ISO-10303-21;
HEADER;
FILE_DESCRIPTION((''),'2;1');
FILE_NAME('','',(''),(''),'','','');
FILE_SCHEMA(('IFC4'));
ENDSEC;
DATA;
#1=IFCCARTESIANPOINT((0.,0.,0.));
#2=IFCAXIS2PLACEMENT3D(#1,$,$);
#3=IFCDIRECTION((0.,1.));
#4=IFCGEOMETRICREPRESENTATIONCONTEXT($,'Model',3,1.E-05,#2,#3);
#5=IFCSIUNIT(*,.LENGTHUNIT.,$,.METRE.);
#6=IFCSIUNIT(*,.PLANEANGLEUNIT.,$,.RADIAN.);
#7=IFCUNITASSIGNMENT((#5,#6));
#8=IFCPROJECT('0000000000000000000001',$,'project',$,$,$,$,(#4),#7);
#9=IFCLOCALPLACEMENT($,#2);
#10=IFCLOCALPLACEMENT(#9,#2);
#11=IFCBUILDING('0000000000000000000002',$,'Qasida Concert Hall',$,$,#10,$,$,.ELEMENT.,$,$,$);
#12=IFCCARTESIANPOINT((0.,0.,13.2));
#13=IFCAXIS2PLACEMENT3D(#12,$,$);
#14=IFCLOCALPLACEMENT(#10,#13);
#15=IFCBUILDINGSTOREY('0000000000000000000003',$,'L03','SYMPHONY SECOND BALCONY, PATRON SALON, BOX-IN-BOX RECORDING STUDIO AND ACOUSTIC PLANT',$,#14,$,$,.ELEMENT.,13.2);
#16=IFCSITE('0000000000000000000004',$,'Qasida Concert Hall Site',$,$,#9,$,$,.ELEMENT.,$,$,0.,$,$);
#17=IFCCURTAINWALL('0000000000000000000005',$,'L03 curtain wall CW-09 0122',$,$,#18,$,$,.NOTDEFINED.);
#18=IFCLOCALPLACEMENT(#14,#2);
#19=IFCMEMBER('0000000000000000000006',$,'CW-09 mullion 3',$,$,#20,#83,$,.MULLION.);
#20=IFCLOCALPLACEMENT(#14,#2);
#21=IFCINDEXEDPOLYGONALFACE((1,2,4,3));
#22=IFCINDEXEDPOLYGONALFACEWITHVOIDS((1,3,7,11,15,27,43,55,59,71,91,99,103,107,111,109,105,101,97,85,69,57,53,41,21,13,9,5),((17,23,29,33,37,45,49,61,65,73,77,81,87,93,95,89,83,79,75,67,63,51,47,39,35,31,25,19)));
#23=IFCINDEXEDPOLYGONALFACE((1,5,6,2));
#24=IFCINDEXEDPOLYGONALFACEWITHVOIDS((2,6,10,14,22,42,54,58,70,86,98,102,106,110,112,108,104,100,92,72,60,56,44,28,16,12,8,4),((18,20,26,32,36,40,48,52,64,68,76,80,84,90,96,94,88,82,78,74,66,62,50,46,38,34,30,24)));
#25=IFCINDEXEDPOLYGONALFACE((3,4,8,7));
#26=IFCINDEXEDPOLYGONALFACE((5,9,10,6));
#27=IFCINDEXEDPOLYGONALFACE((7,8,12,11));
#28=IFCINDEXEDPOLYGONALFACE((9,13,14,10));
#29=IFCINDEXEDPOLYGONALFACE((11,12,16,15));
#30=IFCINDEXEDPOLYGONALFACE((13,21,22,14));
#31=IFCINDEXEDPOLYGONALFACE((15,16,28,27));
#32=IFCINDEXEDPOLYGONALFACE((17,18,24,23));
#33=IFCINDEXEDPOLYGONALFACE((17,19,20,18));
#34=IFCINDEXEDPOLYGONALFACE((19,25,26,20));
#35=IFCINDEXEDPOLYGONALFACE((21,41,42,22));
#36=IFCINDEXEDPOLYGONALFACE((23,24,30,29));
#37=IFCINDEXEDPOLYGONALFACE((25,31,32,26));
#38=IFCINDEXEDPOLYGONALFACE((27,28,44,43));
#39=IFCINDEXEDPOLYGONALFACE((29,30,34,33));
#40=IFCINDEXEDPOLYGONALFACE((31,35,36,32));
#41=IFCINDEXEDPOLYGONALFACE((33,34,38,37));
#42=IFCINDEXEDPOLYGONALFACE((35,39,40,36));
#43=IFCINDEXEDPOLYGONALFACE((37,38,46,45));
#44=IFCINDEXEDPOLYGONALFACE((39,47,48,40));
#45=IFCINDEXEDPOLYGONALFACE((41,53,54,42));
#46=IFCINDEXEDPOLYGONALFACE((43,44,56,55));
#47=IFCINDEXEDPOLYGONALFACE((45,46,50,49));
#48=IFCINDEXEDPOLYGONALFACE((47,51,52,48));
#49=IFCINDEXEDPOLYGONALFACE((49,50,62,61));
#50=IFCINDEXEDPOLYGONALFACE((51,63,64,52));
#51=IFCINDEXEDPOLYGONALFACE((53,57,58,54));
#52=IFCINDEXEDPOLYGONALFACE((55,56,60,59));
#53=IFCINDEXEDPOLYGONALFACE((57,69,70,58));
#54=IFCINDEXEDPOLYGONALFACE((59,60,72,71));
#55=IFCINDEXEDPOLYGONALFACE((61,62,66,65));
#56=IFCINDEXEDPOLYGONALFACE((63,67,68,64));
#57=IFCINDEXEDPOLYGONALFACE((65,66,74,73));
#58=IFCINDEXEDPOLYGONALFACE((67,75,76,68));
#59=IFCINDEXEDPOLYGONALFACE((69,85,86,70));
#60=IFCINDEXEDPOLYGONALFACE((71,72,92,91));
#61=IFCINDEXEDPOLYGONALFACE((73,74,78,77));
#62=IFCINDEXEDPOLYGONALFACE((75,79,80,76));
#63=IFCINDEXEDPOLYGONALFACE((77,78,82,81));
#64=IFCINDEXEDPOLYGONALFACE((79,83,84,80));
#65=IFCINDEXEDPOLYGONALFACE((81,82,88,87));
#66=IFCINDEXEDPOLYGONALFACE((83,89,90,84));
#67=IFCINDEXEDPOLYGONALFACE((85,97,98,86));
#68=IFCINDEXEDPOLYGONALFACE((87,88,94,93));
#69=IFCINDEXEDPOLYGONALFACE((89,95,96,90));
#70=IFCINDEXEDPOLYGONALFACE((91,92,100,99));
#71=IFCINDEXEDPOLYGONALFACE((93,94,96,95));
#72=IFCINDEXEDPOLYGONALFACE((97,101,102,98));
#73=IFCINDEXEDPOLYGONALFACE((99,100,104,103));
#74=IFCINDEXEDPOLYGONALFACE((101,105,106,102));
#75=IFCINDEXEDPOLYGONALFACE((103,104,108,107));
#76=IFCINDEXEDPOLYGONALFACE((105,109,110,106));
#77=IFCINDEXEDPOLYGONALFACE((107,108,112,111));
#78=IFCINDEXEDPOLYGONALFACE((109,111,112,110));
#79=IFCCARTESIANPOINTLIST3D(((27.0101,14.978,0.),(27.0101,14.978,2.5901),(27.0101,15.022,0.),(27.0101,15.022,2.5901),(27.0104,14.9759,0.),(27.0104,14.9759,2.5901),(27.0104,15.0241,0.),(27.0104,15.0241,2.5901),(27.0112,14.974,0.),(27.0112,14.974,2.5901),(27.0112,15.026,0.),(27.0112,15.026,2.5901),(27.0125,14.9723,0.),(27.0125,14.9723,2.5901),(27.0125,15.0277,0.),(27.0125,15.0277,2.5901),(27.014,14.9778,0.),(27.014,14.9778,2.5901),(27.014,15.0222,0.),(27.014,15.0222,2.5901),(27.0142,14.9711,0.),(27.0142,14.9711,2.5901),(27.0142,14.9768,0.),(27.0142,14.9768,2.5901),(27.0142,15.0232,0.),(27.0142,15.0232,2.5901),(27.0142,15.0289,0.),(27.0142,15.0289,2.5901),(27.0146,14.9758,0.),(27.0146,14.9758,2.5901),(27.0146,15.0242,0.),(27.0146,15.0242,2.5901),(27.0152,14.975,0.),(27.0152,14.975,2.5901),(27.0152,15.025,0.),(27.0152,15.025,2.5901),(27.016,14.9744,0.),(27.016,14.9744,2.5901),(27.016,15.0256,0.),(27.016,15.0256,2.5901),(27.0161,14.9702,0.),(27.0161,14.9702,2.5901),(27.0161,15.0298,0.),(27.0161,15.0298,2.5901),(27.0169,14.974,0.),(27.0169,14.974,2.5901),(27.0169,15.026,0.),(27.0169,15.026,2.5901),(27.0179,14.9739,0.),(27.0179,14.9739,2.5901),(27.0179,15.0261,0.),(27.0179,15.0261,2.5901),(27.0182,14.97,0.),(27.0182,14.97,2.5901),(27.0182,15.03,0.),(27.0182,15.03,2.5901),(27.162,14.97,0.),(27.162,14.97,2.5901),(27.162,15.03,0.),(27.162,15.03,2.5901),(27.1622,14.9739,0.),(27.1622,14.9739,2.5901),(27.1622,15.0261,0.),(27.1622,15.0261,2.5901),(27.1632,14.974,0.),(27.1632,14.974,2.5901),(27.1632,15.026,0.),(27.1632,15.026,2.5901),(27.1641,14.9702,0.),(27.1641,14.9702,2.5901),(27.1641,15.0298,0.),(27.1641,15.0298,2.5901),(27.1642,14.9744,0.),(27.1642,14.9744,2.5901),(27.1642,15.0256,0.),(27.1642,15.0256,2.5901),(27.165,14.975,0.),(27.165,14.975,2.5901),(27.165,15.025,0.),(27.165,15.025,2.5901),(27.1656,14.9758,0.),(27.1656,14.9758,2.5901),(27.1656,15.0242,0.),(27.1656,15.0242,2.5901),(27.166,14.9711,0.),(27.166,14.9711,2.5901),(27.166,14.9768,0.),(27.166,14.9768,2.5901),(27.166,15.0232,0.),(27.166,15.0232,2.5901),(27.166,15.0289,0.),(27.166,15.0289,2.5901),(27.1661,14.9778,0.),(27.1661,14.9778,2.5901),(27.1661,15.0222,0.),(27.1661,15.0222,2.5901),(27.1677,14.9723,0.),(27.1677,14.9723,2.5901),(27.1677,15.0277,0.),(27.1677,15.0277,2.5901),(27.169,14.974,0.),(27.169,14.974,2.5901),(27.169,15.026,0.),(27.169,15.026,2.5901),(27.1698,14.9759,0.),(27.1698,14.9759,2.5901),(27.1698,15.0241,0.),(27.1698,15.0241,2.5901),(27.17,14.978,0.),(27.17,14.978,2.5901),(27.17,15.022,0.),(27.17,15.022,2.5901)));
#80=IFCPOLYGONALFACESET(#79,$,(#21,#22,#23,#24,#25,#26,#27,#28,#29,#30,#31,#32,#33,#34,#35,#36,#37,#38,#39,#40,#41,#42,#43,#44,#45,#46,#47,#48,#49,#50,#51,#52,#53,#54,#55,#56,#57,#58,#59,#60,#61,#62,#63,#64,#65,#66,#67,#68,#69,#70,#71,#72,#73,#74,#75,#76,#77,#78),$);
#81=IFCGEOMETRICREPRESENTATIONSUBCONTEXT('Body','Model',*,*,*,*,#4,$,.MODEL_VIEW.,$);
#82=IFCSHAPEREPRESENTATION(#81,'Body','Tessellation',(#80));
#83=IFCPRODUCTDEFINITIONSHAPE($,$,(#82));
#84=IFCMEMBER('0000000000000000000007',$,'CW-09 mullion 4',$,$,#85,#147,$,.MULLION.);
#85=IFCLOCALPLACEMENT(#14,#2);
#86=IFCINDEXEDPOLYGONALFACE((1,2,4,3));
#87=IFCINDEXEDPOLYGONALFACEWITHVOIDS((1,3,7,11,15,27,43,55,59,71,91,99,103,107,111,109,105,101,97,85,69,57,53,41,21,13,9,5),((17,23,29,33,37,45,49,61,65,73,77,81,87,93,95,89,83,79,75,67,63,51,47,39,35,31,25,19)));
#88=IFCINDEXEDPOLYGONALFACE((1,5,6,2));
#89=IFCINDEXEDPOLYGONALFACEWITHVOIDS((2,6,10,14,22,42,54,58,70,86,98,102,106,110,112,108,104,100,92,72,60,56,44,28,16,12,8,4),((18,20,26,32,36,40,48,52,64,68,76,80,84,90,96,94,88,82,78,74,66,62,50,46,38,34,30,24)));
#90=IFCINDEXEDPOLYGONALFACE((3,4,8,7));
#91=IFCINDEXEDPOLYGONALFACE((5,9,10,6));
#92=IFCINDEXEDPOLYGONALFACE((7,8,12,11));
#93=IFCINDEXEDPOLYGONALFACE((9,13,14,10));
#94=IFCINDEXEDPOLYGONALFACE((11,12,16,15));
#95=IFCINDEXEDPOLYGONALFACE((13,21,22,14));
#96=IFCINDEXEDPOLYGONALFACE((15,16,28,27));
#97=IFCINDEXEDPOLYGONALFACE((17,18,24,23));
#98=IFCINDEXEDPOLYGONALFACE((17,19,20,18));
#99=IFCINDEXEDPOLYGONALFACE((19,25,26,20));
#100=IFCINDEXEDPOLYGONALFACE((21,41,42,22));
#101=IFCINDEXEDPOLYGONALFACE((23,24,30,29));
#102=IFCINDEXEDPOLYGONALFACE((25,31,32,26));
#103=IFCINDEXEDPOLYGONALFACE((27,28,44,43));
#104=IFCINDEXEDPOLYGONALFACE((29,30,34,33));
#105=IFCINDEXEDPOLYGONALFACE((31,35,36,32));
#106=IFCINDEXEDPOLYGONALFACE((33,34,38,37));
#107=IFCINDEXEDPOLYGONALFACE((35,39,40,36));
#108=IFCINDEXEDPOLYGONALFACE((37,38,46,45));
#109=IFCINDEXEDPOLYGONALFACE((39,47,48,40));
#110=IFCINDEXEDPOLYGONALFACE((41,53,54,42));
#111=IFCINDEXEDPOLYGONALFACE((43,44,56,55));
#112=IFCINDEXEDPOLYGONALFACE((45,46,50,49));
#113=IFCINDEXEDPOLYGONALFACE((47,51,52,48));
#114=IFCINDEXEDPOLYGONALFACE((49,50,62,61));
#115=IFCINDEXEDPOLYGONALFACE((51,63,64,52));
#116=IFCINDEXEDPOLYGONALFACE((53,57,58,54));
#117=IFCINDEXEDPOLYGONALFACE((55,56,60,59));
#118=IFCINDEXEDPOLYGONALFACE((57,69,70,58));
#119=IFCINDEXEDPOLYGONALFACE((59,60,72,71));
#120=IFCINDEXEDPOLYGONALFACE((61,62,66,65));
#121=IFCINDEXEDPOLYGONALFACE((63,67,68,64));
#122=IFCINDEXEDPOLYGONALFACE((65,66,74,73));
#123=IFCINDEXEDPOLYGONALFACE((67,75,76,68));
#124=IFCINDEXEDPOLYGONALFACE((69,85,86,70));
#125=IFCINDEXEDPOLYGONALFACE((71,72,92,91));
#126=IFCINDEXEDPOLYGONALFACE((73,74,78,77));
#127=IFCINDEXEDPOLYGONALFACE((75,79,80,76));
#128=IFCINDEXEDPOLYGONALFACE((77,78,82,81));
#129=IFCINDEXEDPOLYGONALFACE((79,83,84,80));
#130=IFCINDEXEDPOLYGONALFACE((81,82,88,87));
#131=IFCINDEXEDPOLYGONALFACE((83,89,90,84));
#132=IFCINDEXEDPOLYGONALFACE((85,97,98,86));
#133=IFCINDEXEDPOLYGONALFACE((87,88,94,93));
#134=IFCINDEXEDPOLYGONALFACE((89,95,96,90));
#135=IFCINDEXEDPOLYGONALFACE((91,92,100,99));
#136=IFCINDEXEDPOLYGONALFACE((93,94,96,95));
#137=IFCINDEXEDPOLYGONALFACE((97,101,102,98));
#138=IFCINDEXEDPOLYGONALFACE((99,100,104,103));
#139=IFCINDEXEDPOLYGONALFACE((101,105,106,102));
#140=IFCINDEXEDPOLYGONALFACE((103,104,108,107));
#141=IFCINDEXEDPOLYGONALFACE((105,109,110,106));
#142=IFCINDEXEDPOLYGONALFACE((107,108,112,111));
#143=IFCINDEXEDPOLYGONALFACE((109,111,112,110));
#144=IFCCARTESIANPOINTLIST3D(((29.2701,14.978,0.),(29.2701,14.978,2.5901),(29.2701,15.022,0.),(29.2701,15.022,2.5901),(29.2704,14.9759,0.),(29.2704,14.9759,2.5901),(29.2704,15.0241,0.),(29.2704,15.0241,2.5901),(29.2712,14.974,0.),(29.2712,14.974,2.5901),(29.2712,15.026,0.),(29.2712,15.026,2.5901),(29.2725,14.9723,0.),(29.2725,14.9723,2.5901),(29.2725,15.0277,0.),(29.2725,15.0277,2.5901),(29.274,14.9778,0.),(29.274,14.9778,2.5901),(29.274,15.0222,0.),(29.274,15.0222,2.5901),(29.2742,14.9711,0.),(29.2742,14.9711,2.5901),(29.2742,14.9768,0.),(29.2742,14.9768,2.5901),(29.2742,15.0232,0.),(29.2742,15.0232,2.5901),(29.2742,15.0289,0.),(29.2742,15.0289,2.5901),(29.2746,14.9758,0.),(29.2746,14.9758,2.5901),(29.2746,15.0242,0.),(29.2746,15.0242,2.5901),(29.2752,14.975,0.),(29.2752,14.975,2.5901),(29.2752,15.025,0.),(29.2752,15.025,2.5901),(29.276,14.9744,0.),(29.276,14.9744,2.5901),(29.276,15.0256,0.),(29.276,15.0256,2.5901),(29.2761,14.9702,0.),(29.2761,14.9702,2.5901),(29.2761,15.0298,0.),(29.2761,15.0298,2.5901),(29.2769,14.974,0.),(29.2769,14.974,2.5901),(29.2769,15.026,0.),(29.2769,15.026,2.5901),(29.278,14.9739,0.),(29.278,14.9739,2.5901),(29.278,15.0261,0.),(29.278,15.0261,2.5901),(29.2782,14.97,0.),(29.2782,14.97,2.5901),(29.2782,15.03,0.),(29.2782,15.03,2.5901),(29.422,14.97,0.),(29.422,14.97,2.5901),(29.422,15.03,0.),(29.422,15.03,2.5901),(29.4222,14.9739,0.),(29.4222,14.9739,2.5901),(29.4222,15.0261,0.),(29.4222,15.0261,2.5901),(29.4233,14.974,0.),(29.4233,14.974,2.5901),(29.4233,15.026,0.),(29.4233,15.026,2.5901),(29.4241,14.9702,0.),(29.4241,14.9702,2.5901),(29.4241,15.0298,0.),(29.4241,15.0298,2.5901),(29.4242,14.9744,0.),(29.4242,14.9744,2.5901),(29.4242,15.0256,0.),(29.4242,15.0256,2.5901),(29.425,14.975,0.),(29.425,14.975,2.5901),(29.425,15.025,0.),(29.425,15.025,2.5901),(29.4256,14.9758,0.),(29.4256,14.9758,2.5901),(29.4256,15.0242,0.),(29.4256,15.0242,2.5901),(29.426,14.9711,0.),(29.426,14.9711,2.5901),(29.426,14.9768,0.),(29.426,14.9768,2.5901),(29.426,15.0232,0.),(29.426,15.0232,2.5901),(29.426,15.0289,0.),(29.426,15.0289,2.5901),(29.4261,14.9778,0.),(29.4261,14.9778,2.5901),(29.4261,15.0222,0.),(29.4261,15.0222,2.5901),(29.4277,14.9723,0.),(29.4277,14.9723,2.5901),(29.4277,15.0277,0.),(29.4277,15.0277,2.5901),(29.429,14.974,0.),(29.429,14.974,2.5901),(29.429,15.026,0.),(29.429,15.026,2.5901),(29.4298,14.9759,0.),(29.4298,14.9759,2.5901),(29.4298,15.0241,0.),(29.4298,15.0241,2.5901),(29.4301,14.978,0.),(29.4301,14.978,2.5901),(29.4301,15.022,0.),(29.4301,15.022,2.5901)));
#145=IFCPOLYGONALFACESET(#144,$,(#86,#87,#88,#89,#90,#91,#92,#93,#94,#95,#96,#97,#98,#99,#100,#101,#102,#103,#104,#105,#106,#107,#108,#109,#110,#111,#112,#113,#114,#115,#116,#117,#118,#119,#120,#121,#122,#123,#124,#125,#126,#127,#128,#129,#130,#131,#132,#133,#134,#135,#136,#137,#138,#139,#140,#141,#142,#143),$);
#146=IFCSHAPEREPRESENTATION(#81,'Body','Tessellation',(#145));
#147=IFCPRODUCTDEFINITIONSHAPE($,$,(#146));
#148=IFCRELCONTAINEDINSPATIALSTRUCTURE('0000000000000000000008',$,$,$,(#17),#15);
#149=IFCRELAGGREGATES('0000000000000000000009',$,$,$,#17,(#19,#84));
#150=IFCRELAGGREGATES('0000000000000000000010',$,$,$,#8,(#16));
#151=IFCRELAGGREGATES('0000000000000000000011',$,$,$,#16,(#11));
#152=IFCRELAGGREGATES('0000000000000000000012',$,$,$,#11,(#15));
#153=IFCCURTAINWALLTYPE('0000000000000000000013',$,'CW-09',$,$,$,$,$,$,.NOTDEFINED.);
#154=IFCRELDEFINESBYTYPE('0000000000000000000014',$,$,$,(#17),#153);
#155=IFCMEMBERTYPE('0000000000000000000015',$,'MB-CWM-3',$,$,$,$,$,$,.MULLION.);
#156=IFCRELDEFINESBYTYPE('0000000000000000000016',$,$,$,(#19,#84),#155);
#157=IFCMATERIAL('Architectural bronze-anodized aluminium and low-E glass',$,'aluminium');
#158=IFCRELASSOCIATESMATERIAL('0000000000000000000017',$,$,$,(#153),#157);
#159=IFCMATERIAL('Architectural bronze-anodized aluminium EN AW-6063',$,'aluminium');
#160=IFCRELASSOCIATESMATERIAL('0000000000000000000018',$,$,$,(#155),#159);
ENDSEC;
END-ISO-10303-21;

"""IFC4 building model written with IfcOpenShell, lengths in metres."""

from ifc_helpers import new_model, si_unit, direction, frame, origin, origin_2d, place, context, subcontext, project, spatial, hollow_rectangle, extrude, material, material_profile, profile_set, type_object, element, aggregate, save


model = new_model("IFC4")

# Units and contexts
model_context = context("Model", 3, precision=1e-05, world=origin(), true_north=direction((0.0, 1.0)))
body_context = subcontext(model_context, "Body", "Model", "MODEL_VIEW")
ifc_project = project(units=[si_unit("LENGTHUNIT", "METRE"), si_unit("PLANEANGLEUNIT", "RADIAN")], contexts=[model_context])

# Site, building, storey
site_placement = place(None, origin())
site = spatial("IfcSite", under=ifc_project, at=site_placement, Name="Qasida Concert Hall Site", CompositionType="ELEMENT", RefElevation=0.0)
building_placement = place(site_placement, origin())
building = spatial("IfcBuilding", under=site, at=building_placement, Name="Qasida Concert Hall", CompositionType="ELEMENT")
storey_placement = place(building_placement, frame((0.0, 0.0, 13.2)))
storey = spatial("IfcBuildingStorey", under=building, at=storey_placement, Name="L03", Description="SYMPHONY SECOND BALCONY, PATRON SALON, BOX-IN-BOX RECORDING STUDIO AND ACOUSTIC PLANT", CompositionType="ELEMENT", Elevation=13.2)

# Curtain wall, members
ifc_material_1 = material(Name="Architectural bronze-anodized aluminium and low-E glass", Category="aluminium")
curtain_wall_type = type_object("IfcCurtainWallType", Name="CW-09", PredefinedType="NOTDEFINED", material=ifc_material_1)
curtain_wall_1_placement = place(storey_placement, origin())
curtain_wall_1 = element("IfcCurtainWall", 1, at=curtain_wall_1_placement, inside=storey, type_object=curtain_wall_type, Name="L03 curtain wall CW-09 0122", PredefinedType="NOTDEFINED")
ifc_material_2 = material(Name="Architectural bronze-anodized aluminium EN AW-6063", Category="aluminium")
ifc_material_profile_1 = material_profile(ifc_material_2, hollow_rectangle(XDim=0.0601, YDim=0.1599, WallThickness=0.0039, InnerFilletRadius=0.0039, OuterFilletRadius=0.0081, at=origin_2d()), Name="CWM 160x60x4")
ifc_profile_set_1 = profile_set([ifc_material_profile_1], Name="Architectural bronze-anodized aluminium EN AW-6063")
member_type_1 = type_object("IfcMemberType", Name="MB-CWM-3", PredefinedType="MULLION", material=ifc_profile_set_1)
member_1_placement = place(storey_placement, frame((27.0901, 15.0, 0.0), z_axis=(0.0, 0.0, 1.0), x_axis=(0.0, 1.0, 0.0)))
member_1 = element("IfcMember", 2, at=member_1_placement, type_object=member_type_1, Name="CW-09 mullion 3", PredefinedType="MULLION", context=body_context, shape_type="SweptSolid", body=[
    extrude(hollow_rectangle(XDim=0.0601, YDim=0.1599, WallThickness=0.0039, InnerFilletRadius=0.0039, OuterFilletRadius=0.0081, at=origin_2d()), origin(), (0.0, 0.0, 1.0), 2.5901),
])
member_2_placement = place(storey_placement, frame((29.3501, 15.0, 0.0), z_axis=(0.0, 0.0, 1.0), x_axis=(0.0, 1.0, 0.0)))
member_2 = element("IfcMember", 3, at=member_2_placement, type_object=member_type_1, Name="CW-09 mullion 4", PredefinedType="MULLION", context=body_context, shape_type="SweptSolid", body=[
    extrude(hollow_rectangle(XDim=0.0601, YDim=0.1599, WallThickness=0.0039, InnerFilletRadius=0.0039, OuterFilletRadius=0.0081, at=origin_2d()), origin(), (0.0, 0.0, 1.0), 2.5901),
])

aggregate(curtain_wall_1, [member_1, member_2])

save(model, "model.ifc")
